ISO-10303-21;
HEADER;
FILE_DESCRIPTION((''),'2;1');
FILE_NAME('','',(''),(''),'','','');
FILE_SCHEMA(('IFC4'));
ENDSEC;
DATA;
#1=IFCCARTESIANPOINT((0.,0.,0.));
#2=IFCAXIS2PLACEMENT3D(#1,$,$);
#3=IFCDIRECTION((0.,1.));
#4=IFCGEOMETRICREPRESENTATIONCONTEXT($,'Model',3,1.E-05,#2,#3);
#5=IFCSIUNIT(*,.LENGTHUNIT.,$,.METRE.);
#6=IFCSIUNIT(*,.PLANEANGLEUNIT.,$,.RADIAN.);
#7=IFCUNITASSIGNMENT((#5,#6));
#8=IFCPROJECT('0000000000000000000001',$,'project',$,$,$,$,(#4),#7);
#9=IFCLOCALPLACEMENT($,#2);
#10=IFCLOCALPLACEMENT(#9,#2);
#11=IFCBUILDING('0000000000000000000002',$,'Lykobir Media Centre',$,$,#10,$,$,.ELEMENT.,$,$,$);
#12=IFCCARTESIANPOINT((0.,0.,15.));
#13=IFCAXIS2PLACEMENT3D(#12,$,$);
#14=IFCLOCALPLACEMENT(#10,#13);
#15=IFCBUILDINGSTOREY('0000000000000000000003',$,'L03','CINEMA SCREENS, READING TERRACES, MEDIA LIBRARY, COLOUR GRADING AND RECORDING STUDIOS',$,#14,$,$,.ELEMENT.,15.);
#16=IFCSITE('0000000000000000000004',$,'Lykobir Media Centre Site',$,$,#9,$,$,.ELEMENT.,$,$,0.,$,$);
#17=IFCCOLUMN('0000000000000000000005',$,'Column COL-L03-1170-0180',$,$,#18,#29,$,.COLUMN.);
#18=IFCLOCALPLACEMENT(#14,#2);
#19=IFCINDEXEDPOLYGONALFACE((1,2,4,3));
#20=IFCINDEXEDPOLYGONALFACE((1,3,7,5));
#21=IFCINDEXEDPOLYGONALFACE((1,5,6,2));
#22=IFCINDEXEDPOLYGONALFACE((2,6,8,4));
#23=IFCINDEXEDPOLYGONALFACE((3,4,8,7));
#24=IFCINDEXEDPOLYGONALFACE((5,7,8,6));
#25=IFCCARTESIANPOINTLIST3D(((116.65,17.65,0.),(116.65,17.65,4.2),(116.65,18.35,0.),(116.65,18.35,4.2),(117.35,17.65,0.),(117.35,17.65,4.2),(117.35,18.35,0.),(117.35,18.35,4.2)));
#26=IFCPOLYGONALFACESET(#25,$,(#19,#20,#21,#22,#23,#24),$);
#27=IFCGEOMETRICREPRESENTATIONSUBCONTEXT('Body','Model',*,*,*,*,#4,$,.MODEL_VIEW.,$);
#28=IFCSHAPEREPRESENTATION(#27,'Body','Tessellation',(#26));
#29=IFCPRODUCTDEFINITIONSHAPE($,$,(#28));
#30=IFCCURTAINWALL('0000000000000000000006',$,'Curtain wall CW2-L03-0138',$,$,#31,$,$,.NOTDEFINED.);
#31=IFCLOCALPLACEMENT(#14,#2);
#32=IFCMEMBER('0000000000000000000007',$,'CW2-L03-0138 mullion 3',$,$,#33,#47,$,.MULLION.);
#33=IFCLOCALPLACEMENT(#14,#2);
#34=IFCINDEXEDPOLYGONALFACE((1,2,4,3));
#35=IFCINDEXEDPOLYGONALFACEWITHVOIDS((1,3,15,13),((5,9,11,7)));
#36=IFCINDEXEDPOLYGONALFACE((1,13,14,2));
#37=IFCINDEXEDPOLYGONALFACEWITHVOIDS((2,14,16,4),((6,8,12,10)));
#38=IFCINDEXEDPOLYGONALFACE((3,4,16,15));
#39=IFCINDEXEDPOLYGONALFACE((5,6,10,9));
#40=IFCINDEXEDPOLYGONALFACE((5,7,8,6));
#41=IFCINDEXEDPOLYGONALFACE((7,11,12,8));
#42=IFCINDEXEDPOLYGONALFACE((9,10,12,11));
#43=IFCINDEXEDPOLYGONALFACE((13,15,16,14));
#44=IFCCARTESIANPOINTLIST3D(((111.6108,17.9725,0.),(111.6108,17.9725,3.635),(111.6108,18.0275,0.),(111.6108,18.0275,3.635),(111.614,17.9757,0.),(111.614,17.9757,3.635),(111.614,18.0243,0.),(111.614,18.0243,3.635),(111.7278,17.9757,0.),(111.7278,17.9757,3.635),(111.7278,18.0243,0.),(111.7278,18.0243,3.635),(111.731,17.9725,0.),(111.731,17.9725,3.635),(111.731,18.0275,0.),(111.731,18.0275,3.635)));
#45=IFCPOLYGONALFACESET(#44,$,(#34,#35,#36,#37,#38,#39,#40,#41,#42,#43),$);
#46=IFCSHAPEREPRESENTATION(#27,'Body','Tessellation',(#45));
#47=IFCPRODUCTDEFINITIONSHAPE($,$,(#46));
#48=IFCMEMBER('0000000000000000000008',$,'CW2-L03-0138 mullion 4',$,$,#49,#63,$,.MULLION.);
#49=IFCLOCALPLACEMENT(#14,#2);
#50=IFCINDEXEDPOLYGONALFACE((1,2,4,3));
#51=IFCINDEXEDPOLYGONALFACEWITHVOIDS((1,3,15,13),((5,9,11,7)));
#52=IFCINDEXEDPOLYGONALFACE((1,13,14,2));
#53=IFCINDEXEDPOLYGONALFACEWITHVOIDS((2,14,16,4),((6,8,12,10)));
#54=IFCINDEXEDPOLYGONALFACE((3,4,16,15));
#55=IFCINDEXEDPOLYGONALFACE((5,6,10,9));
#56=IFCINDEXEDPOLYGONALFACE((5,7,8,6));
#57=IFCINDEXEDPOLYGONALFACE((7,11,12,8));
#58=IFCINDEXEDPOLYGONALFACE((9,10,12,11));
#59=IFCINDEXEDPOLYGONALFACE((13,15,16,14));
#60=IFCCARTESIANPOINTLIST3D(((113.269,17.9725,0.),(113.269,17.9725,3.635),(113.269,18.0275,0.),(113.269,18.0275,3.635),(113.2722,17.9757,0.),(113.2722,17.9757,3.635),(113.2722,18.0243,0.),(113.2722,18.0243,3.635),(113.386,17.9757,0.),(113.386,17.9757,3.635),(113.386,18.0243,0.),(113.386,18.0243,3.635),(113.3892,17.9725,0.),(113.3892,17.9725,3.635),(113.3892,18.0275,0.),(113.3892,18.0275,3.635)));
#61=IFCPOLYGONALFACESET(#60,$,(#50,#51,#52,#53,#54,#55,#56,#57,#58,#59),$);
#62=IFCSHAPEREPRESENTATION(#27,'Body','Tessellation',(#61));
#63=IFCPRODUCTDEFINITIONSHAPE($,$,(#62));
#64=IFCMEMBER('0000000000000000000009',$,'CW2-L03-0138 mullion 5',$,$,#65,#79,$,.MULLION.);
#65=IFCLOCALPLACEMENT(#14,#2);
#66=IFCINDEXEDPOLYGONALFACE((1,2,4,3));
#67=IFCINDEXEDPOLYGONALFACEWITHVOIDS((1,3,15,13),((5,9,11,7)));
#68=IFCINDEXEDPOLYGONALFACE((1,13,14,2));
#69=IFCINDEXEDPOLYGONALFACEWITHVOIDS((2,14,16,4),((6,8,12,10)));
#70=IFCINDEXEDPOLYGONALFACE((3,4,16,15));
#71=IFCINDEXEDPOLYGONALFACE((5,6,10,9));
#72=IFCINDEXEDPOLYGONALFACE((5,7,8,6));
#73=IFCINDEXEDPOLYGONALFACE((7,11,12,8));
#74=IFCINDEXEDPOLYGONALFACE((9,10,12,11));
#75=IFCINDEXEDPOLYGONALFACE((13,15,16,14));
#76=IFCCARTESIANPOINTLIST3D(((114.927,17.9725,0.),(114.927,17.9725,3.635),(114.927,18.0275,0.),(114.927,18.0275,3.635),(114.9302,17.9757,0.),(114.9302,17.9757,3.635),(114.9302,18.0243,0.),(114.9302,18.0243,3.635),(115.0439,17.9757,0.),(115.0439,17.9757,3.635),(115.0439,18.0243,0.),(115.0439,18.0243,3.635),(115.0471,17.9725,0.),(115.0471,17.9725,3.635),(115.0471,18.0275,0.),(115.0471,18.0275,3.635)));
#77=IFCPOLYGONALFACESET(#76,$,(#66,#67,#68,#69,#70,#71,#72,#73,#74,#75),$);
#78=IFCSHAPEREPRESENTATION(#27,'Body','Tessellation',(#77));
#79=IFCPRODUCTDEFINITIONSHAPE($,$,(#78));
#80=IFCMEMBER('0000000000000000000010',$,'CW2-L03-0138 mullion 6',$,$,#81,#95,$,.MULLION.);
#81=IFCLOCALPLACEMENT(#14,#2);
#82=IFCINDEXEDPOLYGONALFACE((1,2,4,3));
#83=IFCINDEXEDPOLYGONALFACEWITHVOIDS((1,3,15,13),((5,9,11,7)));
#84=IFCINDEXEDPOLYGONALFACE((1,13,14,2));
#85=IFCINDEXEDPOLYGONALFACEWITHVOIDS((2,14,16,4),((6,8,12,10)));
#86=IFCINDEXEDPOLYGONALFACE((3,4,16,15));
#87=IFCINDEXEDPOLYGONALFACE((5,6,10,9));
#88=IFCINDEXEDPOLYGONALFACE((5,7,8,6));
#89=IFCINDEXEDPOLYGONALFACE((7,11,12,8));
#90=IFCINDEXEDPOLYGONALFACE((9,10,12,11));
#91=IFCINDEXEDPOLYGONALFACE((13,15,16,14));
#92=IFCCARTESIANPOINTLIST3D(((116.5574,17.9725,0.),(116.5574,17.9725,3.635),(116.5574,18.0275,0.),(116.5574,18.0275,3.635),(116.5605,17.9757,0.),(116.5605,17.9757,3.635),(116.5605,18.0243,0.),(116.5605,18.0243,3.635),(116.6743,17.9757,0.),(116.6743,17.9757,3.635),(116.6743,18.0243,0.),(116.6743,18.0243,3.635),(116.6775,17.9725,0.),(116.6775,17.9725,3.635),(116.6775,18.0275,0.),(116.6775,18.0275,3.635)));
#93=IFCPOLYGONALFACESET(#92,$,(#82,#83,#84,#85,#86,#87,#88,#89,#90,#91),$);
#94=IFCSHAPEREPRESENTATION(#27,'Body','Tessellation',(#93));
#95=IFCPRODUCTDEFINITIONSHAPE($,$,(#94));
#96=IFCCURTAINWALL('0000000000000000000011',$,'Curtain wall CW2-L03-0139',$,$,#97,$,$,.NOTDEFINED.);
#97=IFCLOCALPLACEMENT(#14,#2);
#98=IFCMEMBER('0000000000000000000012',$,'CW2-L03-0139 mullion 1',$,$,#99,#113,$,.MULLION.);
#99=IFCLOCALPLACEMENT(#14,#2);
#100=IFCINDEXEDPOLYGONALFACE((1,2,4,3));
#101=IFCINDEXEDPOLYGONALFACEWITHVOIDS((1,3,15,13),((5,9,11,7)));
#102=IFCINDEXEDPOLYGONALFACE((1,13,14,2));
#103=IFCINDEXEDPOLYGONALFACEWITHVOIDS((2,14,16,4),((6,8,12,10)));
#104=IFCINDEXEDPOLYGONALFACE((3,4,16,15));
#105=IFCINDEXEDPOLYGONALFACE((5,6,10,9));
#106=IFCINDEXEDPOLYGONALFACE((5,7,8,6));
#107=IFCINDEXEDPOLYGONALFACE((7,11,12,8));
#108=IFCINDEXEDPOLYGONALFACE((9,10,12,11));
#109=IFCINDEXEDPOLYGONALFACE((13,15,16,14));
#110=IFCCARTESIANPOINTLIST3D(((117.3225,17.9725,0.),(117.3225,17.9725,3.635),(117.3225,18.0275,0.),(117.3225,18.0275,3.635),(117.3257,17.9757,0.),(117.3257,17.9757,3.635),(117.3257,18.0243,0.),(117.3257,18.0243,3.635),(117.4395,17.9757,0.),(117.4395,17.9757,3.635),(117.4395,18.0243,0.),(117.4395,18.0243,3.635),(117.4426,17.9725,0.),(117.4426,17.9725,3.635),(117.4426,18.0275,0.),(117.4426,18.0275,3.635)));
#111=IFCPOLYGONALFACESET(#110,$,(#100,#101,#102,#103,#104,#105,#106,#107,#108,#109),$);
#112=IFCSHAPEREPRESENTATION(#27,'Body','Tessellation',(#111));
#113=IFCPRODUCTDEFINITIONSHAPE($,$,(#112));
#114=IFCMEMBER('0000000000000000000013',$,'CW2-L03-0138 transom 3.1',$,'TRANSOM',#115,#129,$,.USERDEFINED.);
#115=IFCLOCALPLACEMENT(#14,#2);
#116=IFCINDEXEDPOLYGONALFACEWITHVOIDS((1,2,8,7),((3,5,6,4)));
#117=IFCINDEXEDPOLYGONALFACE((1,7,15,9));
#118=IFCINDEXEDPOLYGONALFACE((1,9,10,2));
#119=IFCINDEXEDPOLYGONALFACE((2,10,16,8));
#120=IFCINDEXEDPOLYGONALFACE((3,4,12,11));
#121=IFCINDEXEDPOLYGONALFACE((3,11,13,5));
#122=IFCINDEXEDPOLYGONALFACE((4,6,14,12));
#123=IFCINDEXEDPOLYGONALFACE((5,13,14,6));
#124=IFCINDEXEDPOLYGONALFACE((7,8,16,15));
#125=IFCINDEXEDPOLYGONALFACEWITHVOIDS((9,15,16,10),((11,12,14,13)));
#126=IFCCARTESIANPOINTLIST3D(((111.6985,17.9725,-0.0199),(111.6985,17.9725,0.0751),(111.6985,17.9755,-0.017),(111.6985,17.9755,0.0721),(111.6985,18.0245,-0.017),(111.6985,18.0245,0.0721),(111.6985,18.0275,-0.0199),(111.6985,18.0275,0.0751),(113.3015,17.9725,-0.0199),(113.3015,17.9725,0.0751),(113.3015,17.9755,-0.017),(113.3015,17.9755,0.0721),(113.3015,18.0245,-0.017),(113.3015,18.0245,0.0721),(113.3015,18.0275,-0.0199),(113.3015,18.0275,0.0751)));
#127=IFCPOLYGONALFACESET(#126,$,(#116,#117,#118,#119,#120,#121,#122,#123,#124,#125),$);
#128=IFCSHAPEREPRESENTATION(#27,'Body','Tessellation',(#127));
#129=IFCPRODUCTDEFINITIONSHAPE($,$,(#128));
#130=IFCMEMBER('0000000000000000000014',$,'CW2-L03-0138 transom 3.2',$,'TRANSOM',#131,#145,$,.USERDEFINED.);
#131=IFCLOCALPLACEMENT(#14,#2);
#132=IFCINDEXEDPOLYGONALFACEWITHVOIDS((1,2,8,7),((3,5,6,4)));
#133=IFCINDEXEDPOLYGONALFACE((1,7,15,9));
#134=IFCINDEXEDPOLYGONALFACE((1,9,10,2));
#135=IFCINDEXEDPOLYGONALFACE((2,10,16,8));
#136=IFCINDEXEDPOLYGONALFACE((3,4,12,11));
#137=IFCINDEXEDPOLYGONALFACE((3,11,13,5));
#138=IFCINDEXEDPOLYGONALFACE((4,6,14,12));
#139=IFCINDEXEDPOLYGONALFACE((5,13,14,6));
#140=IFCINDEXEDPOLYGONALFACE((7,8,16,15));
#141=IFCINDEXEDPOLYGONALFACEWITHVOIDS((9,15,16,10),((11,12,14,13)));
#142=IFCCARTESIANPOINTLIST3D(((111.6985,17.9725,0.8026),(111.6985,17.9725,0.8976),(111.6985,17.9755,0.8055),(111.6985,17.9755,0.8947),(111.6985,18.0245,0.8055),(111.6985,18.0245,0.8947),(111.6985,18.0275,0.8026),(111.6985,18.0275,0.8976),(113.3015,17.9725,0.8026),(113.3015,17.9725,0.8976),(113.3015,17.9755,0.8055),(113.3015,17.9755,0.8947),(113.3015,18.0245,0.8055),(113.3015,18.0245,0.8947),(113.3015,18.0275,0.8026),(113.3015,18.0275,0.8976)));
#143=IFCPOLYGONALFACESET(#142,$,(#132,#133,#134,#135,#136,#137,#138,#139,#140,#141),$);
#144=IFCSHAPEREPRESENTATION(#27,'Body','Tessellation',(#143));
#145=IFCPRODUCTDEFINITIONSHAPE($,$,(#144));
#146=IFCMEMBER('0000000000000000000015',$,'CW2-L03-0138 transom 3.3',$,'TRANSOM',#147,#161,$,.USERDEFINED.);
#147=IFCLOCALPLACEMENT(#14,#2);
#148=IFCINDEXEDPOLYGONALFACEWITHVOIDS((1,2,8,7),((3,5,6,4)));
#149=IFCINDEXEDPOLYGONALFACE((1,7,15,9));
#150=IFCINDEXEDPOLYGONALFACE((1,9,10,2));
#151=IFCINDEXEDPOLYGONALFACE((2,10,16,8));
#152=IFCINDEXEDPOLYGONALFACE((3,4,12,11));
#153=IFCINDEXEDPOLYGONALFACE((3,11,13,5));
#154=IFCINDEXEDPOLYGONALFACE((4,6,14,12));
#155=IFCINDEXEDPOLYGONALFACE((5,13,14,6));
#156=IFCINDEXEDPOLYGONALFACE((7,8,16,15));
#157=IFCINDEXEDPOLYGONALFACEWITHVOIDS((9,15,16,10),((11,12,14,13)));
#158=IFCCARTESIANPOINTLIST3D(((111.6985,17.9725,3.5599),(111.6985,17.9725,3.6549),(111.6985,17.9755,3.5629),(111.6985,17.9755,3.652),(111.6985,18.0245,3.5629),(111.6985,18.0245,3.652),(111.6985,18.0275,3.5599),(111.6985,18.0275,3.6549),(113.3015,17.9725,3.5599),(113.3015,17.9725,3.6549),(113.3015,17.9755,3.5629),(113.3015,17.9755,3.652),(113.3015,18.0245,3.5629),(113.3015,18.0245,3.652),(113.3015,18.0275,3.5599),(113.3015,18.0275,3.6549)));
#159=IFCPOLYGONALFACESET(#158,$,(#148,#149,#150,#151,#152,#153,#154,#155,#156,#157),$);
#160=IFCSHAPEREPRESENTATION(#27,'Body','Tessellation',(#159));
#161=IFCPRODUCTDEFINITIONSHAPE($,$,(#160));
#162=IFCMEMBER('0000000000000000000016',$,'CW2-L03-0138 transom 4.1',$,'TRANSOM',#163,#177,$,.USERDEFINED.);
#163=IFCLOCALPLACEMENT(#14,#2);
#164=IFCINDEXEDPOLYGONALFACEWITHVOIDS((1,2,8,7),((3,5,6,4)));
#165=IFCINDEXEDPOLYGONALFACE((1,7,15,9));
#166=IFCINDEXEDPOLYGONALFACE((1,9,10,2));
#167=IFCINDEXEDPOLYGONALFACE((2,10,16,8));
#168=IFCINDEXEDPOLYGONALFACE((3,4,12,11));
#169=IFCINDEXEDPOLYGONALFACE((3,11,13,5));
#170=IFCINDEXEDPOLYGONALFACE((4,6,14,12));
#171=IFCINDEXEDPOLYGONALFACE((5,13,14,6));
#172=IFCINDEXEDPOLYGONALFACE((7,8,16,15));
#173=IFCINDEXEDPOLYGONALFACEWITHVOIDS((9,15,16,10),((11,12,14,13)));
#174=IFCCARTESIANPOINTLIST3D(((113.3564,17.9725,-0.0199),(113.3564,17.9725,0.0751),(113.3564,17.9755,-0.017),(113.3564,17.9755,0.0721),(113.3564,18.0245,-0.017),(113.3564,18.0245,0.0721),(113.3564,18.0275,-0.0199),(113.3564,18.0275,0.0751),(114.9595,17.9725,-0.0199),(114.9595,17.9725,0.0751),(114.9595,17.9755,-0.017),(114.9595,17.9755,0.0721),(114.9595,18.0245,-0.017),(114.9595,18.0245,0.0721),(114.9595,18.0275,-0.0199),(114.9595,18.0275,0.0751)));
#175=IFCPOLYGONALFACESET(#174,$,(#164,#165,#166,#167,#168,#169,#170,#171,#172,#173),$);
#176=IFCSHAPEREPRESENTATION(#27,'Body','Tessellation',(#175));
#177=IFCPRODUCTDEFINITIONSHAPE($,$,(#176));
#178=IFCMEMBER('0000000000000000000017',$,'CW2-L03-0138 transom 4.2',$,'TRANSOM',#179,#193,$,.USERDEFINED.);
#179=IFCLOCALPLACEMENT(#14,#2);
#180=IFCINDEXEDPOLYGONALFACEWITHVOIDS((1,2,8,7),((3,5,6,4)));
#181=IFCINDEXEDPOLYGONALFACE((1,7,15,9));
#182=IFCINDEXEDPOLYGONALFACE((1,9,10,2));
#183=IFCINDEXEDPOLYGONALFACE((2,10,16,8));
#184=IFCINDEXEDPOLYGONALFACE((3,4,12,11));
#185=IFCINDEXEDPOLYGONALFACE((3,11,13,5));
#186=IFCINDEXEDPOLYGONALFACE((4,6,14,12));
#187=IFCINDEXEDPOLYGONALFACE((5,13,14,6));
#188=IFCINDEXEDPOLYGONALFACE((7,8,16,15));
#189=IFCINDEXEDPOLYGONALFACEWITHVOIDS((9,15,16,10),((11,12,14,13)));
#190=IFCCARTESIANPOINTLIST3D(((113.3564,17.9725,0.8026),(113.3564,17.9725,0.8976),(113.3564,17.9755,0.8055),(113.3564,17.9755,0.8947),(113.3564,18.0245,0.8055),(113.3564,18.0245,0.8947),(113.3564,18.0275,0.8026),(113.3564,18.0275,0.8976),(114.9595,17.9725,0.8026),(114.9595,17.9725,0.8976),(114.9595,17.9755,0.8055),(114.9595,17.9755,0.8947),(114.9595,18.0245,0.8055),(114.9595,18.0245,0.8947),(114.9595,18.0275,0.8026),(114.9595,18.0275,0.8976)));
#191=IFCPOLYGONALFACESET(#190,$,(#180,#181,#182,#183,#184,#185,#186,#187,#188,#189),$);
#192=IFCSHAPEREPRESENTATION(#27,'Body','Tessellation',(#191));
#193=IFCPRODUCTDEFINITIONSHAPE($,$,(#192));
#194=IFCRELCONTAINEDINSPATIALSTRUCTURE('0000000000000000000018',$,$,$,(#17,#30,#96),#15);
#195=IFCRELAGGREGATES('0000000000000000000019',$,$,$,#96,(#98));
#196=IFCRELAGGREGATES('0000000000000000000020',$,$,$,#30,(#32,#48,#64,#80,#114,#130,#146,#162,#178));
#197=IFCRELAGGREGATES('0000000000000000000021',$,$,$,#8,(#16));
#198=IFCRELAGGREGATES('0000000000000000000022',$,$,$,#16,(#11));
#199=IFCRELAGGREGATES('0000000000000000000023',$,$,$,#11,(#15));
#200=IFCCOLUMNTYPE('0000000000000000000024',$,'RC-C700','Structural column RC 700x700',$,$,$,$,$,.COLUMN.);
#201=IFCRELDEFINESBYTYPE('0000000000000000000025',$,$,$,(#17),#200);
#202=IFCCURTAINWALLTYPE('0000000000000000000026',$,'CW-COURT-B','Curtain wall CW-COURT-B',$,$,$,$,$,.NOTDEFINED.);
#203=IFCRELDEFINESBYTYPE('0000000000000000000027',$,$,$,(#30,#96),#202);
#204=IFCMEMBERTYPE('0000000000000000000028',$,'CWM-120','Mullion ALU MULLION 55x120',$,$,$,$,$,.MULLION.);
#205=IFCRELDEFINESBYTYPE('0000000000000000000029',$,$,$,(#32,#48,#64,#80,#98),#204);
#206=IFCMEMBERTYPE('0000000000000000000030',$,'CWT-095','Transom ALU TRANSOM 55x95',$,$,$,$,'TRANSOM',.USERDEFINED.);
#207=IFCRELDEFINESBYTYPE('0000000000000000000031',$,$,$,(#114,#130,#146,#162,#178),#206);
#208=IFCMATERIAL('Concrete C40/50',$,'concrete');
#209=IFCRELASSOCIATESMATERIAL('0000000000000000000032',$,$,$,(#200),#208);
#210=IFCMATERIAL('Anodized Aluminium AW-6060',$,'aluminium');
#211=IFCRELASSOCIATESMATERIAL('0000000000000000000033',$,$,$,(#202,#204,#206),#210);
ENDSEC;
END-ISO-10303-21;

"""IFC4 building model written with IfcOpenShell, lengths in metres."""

from ifc_helpers import new_model, si_unit, direction, frame, origin, origin_2d, place, context, subcontext, project, spatial, rectangle, hollow_rectangle, extrude, material, material_profile, profile_set, type_object, element, aggregate, save


model = new_model("IFC4")

# Units and contexts
model_context = context("Model", 3, precision=1e-05, world=origin(), true_north=direction((0.0, 1.0)))
body_context = subcontext(model_context, "Body", "Model", "MODEL_VIEW")
ifc_project = project(units=[si_unit("LENGTHUNIT", "METRE"), si_unit("PLANEANGLEUNIT", "RADIAN")], contexts=[model_context])

# Site, building, storey
site_placement = place(None, origin())
site = spatial("IfcSite", under=ifc_project, at=site_placement, Name="Lykobir Media Centre Site", CompositionType="ELEMENT", RefElevation=0.0)
building_placement = place(site_placement, origin())
building = spatial("IfcBuilding", under=site, at=building_placement, Name="Lykobir Media Centre", CompositionType="ELEMENT")
storey_placement = place(building_placement, frame((0.0, 0.0, 15.0)))
storey = spatial("IfcBuildingStorey", under=building, at=storey_placement, Name="L03", Description="CINEMA SCREENS, READING TERRACES, MEDIA LIBRARY, COLOUR GRADING AND RECORDING STUDIOS", CompositionType="ELEMENT", Elevation=15.0)

# Column
ifc_material_1 = material(Name="Concrete C40/50", Category="concrete")
ifc_material_profile_1 = material_profile(ifc_material_1, rectangle(XDim=0.7, YDim=0.7, at=origin_2d()), Name="RC 700x700")
ifc_profile_set_1 = profile_set([ifc_material_profile_1], Name="Concrete C40/50")
column_type = type_object("IfcColumnType", Name="RC-C700", Description="Structural column RC 700x700", PredefinedType="COLUMN", material=ifc_profile_set_1)
column_placement = place(storey_placement, frame((117.0, 18.0, 0.0), z_axis=(0.0, 0.0, 1.0), x_axis=(1.0, 0.0, 0.0)))
element("IfcColumn", 1, at=column_placement, inside=storey, type_object=column_type, Name="Column COL-L03-1170-0180", PredefinedType="COLUMN", context=body_context, shape_type="SweptSolid", body=[
    extrude(rectangle(XDim=0.7, YDim=0.7, at=origin_2d()), origin(), (0.0, 0.0, 1.0), 4.2),
])

# Curtain wall, members
ifc_material_2 = material(Name="Anodized Aluminium AW-6060", Category="aluminium")
curtain_wall_type = type_object("IfcCurtainWallType", Name="CW-COURT-B", Description="Curtain wall CW-COURT-B", PredefinedType="NOTDEFINED", material=ifc_material_2)
curtain_wall_1_placement = place(storey_placement, origin())
curtain_wall_1 = element("IfcCurtainWall", 2, at=curtain_wall_1_placement, inside=storey, type_object=curtain_wall_type, Name="Curtain wall CW2-L03-0138", PredefinedType="NOTDEFINED")
ifc_material_profile_2 = material_profile(ifc_material_2, hollow_rectangle(XDim=0.0549, YDim=0.1201, WallThickness=0.0032, at=origin_2d()), Name="ALU MULLION 55x120")
ifc_profile_set_2 = profile_set([ifc_material_profile_2], Name="Anodized Aluminium AW-6060")
member_type_1 = type_object("IfcMemberType", Name="CWM-120", Description="Mullion ALU MULLION 55x120", PredefinedType="MULLION", material=ifc_profile_set_2)
member_1_placement = place(storey_placement, frame((111.6709, 18.0, 0.0), z_axis=(0.0, 0.0, 1.0), x_axis=(0.0, 1.0, 0.0)))
member_1 = element("IfcMember", 3, at=member_1_placement, type_object=member_type_1, Name="CW2-L03-0138 mullion 3", PredefinedType="MULLION", context=body_context, shape_type="SweptSolid", body=[
    extrude(hollow_rectangle(XDim=0.0549, YDim=0.1201, WallThickness=0.0032, at=origin_2d()), origin(), (0.0, 0.0, 1.0), 3.635),
])
member_2_placement = place(storey_placement, frame((113.3291, 18.0, 0.0), z_axis=(0.0, 0.0, 1.0), x_axis=(0.0, 1.0, 0.0)))
member_2 = element("IfcMember", 4, at=member_2_placement, type_object=member_type_1, Name="CW2-L03-0138 mullion 4", PredefinedType="MULLION", context=body_context, shape_type="SweptSolid", body=[
    extrude(hollow_rectangle(XDim=0.0549, YDim=0.1201, WallThickness=0.0032, at=origin_2d()), origin(), (0.0, 0.0, 1.0), 3.635),
])
member_3_placement = place(storey_placement, frame((114.9871, 18.0, 0.0), z_axis=(0.0, 0.0, 1.0), x_axis=(0.0, 1.0, 0.0)))
member_3 = element("IfcMember", 5, at=member_3_placement, type_object=member_type_1, Name="CW2-L03-0138 mullion 5", PredefinedType="MULLION", context=body_context, shape_type="SweptSolid", body=[
    extrude(hollow_rectangle(XDim=0.0549, YDim=0.1201, WallThickness=0.0032, at=origin_2d()), origin(), (0.0, 0.0, 1.0), 3.635),
])
member_4_placement = place(storey_placement, frame((116.6174, 18.0, 0.0), z_axis=(0.0, 0.0, 1.0), x_axis=(0.0, 1.0, 0.0)))
member_4 = element("IfcMember", 6, at=member_4_placement, type_object=member_type_1, Name="CW2-L03-0138 mullion 6", PredefinedType="MULLION", context=body_context, shape_type="SweptSolid", body=[
    extrude(hollow_rectangle(XDim=0.0549, YDim=0.1201, WallThickness=0.0032, at=origin_2d()), origin(), (0.0, 0.0, 1.0), 3.635),
])

# Curtain wall, member
curtain_wall_2_placement = place(storey_placement, origin())
curtain_wall_2 = element("IfcCurtainWall", 7, at=curtain_wall_2_placement, inside=storey, type_object=curtain_wall_type, Name="Curtain wall CW2-L03-0139", PredefinedType="NOTDEFINED")
member_5_placement = place(storey_placement, frame((117.3826, 18.0, 0.0), z_axis=(0.0, 0.0, 1.0), x_axis=(0.0, 1.0, 0.0)))
member_5 = element("IfcMember", 8, at=member_5_placement, type_object=member_type_1, Name="CW2-L03-0139 mullion 1", PredefinedType="MULLION", context=body_context, shape_type="SweptSolid", body=[
    extrude(hollow_rectangle(XDim=0.0549, YDim=0.1201, WallThickness=0.0032, at=origin_2d()), origin(), (0.0, 0.0, 1.0), 3.635),
])
aggregate(curtain_wall_2, [member_5])

# Members
ifc_material_profile_3 = material_profile(ifc_material_2, hollow_rectangle(XDim=0.0549, YDim=0.095, WallThickness=0.0029, at=origin_2d()), Name="ALU TRANSOM 55x95")
ifc_profile_set_3 = profile_set([ifc_material_profile_3], Name="Anodized Aluminium AW-6060")
member_type_2 = type_object("IfcMemberType", Name="CWT-095", Description="Transom ALU TRANSOM 55x95", ElementType="TRANSOM", PredefinedType="USERDEFINED", material=ifc_profile_set_3)
member_6_placement = place(storey_placement, frame((111.6985, 18.0, 0.0276), z_axis=(1.0, 0.0, 0.0), x_axis=(0.0, 1.0, 0.0)))
member_6 = element("IfcMember", 9, at=member_6_placement, type_object=member_type_2, Name="CW2-L03-0138 transom 3.1", ObjectType="TRANSOM", PredefinedType="USERDEFINED", context=body_context, shape_type="SweptSolid", body=[
    extrude(hollow_rectangle(XDim=0.0549, YDim=0.095, WallThickness=0.0029, at=origin_2d()), origin(), (0.0, 0.0, 1.0), 1.603),
])
member_7_placement = place(storey_placement, frame((111.6985, 18.0, 0.8501), z_axis=(1.0, 0.0, 0.0), x_axis=(0.0, 1.0, 0.0)))
member_7 = element("IfcMember", 10, at=member_7_placement, type_object=member_type_2, Name="CW2-L03-0138 transom 3.2", ObjectType="TRANSOM", PredefinedType="USERDEFINED", context=body_context, shape_type="SweptSolid", body=[
    extrude(hollow_rectangle(XDim=0.0549, YDim=0.095, WallThickness=0.0029, at=origin_2d()), origin(), (0.0, 0.0, 1.0), 1.603),
])
member_8_placement = place(storey_placement, frame((111.6985, 18.0, 3.6074), z_axis=(1.0, 0.0, 0.0), x_axis=(0.0, 1.0, 0.0)))
member_8 = element("IfcMember", 11, at=member_8_placement, type_object=member_type_2, Name="CW2-L03-0138 transom 3.3", ObjectType="TRANSOM", PredefinedType="USERDEFINED", context=body_context, shape_type="SweptSolid", body=[
    extrude(hollow_rectangle(XDim=0.0549, YDim=0.095, WallThickness=0.0029, at=origin_2d()), origin(), (0.0, 0.0, 1.0), 1.603),
])
member_9_placement = place(storey_placement, frame((113.3564, 18.0, 0.0276), z_axis=(1.0, 0.0, 0.0), x_axis=(0.0, 1.0, 0.0)))
member_9 = element("IfcMember", 12, at=member_9_placement, type_object=member_type_2, Name="CW2-L03-0138 transom 4.1", ObjectType="TRANSOM", PredefinedType="USERDEFINED", context=body_context, shape_type="SweptSolid", body=[
    extrude(hollow_rectangle(XDim=0.0549, YDim=0.095, WallThickness=0.0029, at=origin_2d()), origin(), (0.0, 0.0, 1.0), 1.603),
])
member_10_placement = place(storey_placement, frame((113.3564, 18.0, 0.8501), z_axis=(1.0, 0.0, 0.0), x_axis=(0.0, 1.0, 0.0)))
member_10 = element("IfcMember", 13, at=member_10_placement, type_object=member_type_2, Name="CW2-L03-0138 transom 4.2", ObjectType="TRANSOM", PredefinedType="USERDEFINED", context=body_context, shape_type="SweptSolid", body=[
    extrude(hollow_rectangle(XDim=0.0549, YDim=0.095, WallThickness=0.0029, at=origin_2d()), origin(), (0.0, 0.0, 1.0), 1.603),
])

aggregate(curtain_wall_1, [member_1, member_2, member_3, member_4, member_6, member_7, member_8, member_9, member_10])

save(model, "model.ifc")
